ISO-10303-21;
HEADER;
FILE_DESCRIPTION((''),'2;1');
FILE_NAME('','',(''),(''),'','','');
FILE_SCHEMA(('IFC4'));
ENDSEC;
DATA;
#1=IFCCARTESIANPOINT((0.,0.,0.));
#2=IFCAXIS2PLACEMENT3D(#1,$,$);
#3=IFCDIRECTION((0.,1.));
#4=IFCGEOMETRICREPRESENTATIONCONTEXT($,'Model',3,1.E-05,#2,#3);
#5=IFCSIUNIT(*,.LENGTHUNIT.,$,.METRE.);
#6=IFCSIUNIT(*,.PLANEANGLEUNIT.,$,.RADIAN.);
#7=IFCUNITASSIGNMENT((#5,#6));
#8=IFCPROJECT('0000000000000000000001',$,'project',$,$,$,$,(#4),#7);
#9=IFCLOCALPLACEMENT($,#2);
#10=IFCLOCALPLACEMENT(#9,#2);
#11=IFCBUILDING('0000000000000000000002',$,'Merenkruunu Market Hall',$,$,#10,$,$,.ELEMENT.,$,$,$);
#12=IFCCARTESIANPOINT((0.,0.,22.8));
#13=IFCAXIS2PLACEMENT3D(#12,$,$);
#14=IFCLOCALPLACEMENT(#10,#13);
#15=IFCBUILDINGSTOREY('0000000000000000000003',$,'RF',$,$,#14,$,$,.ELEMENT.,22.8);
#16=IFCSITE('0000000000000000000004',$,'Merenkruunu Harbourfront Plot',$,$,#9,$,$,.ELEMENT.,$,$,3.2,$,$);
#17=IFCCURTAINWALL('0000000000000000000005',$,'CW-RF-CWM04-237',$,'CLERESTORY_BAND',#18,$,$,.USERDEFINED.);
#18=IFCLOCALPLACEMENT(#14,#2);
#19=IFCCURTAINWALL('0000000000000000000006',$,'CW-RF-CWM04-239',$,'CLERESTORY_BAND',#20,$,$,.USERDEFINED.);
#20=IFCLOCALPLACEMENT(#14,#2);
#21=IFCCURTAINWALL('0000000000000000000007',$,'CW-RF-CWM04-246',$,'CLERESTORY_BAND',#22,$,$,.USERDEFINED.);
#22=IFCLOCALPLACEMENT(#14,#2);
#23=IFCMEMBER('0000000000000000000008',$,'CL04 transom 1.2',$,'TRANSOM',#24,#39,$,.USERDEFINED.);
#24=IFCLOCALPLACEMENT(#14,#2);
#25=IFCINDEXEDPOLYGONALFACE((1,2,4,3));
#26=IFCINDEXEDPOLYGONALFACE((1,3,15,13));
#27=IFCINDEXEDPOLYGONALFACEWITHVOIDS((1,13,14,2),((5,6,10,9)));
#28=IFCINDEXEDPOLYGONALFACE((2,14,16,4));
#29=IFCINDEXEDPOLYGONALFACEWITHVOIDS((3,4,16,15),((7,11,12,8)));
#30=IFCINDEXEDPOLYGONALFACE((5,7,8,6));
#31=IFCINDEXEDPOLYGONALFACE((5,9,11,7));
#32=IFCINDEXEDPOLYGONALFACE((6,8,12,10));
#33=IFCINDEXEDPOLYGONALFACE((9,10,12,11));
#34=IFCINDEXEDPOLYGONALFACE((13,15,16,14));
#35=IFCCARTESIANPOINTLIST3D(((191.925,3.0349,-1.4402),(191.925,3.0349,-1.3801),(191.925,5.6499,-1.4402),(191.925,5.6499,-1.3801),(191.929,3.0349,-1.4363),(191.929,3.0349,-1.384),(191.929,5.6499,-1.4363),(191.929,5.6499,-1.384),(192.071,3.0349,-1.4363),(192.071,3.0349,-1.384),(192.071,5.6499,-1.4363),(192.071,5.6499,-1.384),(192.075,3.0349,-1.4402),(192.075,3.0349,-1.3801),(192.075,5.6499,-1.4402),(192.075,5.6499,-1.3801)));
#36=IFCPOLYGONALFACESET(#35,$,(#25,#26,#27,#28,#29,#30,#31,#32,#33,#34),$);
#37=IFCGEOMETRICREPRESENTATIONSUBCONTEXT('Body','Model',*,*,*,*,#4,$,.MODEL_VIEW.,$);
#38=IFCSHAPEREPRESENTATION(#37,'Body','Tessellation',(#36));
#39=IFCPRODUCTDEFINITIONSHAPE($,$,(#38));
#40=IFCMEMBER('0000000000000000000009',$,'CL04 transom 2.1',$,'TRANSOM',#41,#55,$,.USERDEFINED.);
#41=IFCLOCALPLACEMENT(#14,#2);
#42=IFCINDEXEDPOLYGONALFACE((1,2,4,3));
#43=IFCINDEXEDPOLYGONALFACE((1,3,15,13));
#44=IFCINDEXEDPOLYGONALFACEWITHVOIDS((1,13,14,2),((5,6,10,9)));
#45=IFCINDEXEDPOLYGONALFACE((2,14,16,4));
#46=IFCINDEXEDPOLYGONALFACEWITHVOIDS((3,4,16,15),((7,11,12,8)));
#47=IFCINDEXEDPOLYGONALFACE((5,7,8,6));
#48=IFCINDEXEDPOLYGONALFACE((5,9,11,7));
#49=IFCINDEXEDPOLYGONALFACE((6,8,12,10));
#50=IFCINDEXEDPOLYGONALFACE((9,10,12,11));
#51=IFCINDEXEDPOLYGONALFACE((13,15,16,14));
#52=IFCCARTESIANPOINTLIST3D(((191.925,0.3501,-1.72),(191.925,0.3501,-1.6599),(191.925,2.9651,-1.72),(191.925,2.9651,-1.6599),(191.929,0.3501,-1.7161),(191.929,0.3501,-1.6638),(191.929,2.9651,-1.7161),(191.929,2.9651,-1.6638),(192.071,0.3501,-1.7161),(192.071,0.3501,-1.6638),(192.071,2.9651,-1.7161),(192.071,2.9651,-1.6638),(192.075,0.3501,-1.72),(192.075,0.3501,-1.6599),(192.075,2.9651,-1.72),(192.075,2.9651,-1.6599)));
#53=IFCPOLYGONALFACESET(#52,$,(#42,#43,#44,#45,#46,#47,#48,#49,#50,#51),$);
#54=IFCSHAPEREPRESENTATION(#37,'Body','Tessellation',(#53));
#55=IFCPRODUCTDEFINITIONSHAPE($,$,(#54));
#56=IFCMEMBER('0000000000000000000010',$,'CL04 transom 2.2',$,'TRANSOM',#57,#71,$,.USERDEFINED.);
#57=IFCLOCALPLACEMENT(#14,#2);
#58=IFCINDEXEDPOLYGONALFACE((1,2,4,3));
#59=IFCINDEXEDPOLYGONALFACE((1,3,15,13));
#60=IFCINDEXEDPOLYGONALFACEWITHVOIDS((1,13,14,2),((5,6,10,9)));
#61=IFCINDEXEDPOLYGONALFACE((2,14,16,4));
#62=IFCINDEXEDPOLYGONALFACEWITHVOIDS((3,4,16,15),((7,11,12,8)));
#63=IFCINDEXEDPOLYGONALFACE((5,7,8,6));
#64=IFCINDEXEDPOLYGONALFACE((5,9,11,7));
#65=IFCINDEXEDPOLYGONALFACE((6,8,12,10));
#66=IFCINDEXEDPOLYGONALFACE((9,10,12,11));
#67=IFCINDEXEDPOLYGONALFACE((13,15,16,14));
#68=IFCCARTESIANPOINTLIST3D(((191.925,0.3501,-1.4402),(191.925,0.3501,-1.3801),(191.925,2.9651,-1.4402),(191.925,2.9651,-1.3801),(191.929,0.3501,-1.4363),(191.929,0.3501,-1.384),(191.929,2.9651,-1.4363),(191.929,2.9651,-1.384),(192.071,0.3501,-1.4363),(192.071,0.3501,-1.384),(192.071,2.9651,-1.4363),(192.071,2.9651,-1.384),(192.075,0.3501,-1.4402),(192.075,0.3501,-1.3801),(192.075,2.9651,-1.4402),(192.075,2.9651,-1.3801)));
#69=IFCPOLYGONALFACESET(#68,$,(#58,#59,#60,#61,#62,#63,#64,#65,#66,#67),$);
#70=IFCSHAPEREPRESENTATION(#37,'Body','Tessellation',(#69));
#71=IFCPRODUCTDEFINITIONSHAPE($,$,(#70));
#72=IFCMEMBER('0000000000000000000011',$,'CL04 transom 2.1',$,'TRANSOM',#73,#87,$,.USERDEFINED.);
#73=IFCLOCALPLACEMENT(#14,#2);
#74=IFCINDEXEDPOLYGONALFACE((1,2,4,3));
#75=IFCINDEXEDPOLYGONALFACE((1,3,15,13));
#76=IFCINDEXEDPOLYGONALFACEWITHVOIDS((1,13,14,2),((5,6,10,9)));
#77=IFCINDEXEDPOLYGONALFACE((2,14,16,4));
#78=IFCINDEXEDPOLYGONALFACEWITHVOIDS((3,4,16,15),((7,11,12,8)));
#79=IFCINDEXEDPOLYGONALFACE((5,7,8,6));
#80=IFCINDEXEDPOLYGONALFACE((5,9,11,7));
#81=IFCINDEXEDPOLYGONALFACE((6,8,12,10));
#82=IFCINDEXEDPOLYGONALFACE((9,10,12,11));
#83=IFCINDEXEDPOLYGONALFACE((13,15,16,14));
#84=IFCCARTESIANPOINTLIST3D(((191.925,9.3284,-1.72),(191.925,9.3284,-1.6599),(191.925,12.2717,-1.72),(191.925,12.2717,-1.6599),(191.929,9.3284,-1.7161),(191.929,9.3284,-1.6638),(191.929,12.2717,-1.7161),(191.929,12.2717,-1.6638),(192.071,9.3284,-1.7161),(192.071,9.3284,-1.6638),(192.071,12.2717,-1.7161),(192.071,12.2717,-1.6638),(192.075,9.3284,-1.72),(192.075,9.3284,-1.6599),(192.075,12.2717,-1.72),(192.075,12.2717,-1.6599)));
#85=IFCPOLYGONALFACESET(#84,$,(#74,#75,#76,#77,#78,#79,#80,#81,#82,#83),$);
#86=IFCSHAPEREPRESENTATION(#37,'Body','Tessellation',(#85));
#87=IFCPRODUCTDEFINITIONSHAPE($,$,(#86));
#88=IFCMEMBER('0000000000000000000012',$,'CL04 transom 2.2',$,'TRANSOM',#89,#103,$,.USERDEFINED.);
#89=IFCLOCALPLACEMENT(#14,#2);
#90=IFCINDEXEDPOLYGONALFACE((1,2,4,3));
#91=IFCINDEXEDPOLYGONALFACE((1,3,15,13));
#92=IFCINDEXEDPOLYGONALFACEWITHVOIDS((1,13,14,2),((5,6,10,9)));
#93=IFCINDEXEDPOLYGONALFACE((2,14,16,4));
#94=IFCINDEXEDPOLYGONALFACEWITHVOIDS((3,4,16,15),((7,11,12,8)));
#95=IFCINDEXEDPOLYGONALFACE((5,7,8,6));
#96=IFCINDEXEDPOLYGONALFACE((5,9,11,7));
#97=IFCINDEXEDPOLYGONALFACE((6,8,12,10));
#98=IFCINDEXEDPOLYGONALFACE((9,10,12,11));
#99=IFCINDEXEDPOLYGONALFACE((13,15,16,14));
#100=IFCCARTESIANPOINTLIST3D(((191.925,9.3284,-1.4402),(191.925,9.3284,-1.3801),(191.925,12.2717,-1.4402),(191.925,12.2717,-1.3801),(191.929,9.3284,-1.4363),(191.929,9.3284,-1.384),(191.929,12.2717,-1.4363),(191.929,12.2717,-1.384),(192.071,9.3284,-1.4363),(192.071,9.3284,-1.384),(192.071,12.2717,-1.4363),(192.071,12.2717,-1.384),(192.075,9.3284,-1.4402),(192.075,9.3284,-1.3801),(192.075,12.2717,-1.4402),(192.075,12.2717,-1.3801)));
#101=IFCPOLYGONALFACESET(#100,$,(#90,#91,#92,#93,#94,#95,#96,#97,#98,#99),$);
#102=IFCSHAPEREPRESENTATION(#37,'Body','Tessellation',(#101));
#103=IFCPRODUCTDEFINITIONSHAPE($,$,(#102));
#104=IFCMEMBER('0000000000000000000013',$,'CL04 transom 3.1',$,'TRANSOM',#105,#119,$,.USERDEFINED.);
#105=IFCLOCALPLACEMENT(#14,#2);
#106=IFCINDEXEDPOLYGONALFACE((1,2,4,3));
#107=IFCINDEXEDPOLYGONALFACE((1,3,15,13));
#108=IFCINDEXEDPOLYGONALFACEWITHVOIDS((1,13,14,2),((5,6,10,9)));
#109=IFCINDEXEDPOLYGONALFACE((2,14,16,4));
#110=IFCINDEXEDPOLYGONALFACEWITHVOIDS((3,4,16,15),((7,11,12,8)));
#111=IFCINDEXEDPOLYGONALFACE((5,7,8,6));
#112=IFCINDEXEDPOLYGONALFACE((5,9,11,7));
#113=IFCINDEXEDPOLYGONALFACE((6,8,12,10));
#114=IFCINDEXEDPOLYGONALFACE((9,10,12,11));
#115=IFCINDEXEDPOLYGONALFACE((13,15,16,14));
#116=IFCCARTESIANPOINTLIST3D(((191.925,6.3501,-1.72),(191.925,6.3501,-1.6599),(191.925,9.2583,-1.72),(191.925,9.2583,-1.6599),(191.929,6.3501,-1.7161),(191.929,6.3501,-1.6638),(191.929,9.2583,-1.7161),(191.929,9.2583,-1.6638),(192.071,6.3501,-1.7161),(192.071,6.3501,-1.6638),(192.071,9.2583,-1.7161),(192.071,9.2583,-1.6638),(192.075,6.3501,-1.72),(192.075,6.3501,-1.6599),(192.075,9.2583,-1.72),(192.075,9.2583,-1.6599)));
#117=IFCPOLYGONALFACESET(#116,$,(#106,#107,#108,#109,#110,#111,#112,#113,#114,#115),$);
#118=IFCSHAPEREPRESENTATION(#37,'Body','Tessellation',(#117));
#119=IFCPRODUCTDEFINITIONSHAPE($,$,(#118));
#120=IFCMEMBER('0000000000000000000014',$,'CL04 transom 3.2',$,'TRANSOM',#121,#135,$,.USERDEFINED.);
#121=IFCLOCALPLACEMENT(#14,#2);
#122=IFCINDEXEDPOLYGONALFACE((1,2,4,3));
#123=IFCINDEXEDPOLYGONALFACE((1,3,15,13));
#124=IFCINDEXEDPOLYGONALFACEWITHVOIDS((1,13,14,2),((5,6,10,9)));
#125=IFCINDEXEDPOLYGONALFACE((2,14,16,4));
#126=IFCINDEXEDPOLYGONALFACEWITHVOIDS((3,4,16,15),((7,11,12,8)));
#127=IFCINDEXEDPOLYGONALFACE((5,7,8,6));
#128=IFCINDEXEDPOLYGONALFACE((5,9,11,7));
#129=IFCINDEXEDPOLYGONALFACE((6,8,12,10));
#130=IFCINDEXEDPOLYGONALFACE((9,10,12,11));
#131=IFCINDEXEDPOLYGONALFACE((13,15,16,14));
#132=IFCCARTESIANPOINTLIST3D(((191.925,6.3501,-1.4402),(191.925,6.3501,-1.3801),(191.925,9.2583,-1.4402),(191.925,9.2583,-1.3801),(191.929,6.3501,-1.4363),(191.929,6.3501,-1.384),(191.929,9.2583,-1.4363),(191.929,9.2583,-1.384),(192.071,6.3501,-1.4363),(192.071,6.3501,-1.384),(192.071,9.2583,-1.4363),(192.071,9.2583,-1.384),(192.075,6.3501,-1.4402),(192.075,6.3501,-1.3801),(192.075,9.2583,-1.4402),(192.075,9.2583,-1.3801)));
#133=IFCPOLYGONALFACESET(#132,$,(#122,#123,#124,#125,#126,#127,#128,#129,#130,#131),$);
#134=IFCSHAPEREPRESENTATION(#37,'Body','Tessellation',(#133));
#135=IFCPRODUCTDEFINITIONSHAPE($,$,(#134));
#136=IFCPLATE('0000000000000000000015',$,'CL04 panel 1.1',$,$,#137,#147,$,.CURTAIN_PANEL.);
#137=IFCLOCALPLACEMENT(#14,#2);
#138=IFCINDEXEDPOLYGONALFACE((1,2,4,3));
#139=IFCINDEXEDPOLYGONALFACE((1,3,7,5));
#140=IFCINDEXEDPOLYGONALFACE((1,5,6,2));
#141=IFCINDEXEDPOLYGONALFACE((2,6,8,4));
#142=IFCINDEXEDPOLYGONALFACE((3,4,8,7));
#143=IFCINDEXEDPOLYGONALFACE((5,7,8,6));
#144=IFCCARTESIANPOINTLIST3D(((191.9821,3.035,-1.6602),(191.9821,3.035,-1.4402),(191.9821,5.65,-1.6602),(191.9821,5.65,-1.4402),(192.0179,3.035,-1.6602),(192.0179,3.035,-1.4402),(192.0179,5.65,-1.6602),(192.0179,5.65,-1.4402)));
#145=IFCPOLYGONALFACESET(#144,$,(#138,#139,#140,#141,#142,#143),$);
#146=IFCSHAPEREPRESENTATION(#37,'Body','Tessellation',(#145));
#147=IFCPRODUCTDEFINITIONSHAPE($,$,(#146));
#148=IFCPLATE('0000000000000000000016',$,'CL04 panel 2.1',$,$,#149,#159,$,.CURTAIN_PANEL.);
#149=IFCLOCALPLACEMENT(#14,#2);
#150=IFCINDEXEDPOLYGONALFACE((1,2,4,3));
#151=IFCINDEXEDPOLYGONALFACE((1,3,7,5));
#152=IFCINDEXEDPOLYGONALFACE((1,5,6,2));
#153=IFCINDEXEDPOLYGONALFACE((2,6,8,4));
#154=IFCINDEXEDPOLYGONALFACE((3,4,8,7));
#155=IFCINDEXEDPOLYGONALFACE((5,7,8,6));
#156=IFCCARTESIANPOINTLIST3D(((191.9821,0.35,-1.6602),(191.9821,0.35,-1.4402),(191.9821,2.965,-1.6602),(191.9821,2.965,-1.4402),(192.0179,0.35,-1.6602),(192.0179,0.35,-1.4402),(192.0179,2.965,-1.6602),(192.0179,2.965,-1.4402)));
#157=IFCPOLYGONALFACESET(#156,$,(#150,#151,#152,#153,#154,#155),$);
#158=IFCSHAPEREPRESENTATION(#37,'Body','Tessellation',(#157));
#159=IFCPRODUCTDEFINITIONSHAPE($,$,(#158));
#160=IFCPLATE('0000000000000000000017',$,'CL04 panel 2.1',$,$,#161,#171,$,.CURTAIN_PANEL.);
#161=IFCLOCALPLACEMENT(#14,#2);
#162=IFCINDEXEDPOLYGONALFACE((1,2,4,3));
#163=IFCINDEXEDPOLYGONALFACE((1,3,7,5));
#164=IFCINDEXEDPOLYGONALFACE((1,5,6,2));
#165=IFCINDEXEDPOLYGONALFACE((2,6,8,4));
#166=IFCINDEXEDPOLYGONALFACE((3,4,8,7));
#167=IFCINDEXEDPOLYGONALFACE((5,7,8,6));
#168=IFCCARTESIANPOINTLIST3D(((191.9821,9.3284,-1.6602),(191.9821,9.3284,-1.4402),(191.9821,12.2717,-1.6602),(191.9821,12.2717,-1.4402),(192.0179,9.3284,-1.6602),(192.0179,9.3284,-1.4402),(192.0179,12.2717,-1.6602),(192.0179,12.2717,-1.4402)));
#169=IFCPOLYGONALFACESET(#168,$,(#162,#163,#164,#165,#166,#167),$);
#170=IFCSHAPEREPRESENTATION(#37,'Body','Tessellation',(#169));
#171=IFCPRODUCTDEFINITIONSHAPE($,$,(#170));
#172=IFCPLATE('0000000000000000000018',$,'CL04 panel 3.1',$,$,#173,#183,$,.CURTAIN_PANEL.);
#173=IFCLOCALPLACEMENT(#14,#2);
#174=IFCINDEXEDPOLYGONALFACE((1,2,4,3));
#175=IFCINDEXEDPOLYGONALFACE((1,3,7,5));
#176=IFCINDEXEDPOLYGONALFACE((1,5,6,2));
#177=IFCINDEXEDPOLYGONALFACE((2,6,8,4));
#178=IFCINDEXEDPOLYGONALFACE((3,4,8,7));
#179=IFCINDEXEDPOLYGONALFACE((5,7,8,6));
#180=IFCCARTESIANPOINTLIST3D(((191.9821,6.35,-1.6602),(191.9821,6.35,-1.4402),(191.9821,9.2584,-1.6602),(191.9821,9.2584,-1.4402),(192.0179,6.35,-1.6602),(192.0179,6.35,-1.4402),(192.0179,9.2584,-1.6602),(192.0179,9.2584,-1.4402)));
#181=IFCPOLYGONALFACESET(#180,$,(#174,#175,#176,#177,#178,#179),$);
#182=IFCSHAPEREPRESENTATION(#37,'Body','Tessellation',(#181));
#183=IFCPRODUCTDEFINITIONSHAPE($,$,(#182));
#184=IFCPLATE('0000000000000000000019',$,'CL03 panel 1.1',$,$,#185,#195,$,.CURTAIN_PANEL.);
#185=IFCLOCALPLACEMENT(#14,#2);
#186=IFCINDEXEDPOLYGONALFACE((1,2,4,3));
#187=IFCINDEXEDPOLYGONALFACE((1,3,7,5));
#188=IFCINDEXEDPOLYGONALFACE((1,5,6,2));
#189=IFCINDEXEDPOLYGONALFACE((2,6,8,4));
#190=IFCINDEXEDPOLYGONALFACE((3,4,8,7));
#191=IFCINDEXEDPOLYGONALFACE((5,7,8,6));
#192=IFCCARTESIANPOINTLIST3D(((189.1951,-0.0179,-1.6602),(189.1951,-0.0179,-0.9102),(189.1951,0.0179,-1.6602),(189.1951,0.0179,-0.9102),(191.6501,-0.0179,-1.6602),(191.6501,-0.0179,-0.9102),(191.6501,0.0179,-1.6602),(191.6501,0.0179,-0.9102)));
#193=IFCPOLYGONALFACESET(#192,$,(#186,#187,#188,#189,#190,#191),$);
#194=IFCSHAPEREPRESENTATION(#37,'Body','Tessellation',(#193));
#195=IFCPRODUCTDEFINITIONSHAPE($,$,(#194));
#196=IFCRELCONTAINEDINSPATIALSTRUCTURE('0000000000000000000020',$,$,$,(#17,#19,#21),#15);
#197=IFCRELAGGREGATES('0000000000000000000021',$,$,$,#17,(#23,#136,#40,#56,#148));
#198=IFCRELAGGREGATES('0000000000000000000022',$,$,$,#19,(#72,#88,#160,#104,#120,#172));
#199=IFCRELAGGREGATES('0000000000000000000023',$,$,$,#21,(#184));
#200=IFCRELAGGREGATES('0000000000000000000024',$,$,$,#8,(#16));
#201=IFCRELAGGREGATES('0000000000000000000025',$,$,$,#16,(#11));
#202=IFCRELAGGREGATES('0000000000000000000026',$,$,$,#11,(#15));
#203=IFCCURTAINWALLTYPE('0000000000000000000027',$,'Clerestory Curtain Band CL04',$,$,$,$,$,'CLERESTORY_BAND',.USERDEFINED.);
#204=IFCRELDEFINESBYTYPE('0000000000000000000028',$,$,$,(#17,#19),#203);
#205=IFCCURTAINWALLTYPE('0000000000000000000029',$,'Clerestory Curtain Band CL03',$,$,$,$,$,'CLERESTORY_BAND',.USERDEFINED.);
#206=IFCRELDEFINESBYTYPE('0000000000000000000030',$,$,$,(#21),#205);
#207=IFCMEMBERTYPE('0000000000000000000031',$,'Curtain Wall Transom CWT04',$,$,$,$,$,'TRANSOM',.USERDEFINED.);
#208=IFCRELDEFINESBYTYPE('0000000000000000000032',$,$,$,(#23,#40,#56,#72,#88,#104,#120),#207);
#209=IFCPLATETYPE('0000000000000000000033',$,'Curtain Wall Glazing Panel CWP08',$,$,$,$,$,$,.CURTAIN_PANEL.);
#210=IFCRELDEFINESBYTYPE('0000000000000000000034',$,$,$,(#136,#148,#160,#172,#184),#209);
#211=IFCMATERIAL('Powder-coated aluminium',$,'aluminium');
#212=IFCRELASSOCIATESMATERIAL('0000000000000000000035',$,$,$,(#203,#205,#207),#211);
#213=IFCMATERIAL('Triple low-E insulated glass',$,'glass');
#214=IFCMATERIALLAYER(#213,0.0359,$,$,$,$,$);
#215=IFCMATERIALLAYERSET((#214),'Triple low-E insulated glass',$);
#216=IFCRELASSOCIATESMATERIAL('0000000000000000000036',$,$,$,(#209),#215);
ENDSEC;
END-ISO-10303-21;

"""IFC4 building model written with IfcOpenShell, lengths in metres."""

from ifc_helpers import new_model, si_unit, direction, frame, origin, origin_2d, place, context, subcontext, project, spatial, rectangle, hollow_rectangle, extrude, material, layer, layer_set, material_profile, profile_set, type_object, element, aggregate, save


model = new_model("IFC4")

# Units and contexts
model_context = context("Model", 3, precision=1e-05, world=origin(), true_north=direction((0.0, 1.0)))
body_context = subcontext(model_context, "Body", "Model", "MODEL_VIEW")
ifc_project = project(units=[si_unit("LENGTHUNIT", "METRE"), si_unit("PLANEANGLEUNIT", "RADIAN")], contexts=[model_context])

# Site, building, storey
site_placement = place(None, origin())
site = spatial("IfcSite", under=ifc_project, at=site_placement, Name="Merenkruunu Harbourfront Plot", CompositionType="ELEMENT", RefElevation=3.2)
building_placement = place(site_placement, origin())
building = spatial("IfcBuilding", under=site, at=building_placement, Name="Merenkruunu Market Hall", CompositionType="ELEMENT")
storey_placement = place(building_placement, frame((0.0, 0.0, 22.8)))
storey = spatial("IfcBuildingStorey", under=building, at=storey_placement, Name="RF", CompositionType="ELEMENT", Elevation=22.8)

# Curtain walls
ifc_material_1 = material(Name="Powder-coated aluminium", Category="aluminium")
curtain_wall_type_1 = type_object("IfcCurtainWallType", Name="Clerestory Curtain Band CL04", ElementType="CLERESTORY_BAND", PredefinedType="USERDEFINED", material=ifc_material_1)
curtain_wall_1_placement = place(storey_placement, origin())
curtain_wall_1 = element("IfcCurtainWall", 1, at=curtain_wall_1_placement, inside=storey, type_object=curtain_wall_type_1, Name="CW-RF-CWM04-237", ObjectType="CLERESTORY_BAND", PredefinedType="USERDEFINED")
curtain_wall_2_placement = place(storey_placement, origin())
curtain_wall_2 = element("IfcCurtainWall", 2, at=curtain_wall_2_placement, inside=storey, type_object=curtain_wall_type_1, Name="CW-RF-CWM04-239", ObjectType="CLERESTORY_BAND", PredefinedType="USERDEFINED")
curtain_wall_type_2 = type_object("IfcCurtainWallType", Name="Clerestory Curtain Band CL03", ElementType="CLERESTORY_BAND", PredefinedType="USERDEFINED", material=ifc_material_1)
curtain_wall_3_placement = place(storey_placement, origin())
curtain_wall_3 = element("IfcCurtainWall", 3, at=curtain_wall_3_placement, inside=storey, type_object=curtain_wall_type_2, Name="CW-RF-CWM04-246", ObjectType="CLERESTORY_BAND", PredefinedType="USERDEFINED")

# Members
ifc_material_profile_1 = material_profile(ifc_material_1, hollow_rectangle(XDim=0.0601, YDim=0.1499, WallThickness=0.0039, at=origin_2d()), Name="ALU 60x150x4")
ifc_profile_set_1 = profile_set([ifc_material_profile_1], Name="Powder-coated aluminium")
member_type_1 = type_object("IfcMemberType", Name="Curtain Wall Transom CWT04", ElementType="TRANSOM", PredefinedType="USERDEFINED", material=ifc_profile_set_1)
member_1_placement = place(storey_placement, frame((192.0, 5.6499, -1.4102), z_axis=(0.0, -1.0, 0.0), x_axis=(0.0, 0.0, 1.0)))
member_1 = element("IfcMember", 4, at=member_1_placement, type_object=member_type_1, Name="CL04 transom 1.2", ObjectType="TRANSOM", PredefinedType="USERDEFINED", context=body_context, shape_type="SweptSolid", body=[
    extrude(hollow_rectangle(XDim=0.0601, YDim=0.1499, WallThickness=0.0039, at=origin_2d()), origin(), (0.0, 0.0, 1.0), 2.615),
])
member_2_placement = place(storey_placement, frame((192.0, 2.9651, -1.6899), z_axis=(0.0, -1.0, 0.0), x_axis=(0.0, 0.0, 1.0)))
member_2 = element("IfcMember", 5, at=member_2_placement, type_object=member_type_1, Name="CL04 transom 2.1", ObjectType="TRANSOM", PredefinedType="USERDEFINED", context=body_context, shape_type="SweptSolid", body=[
    extrude(hollow_rectangle(XDim=0.0601, YDim=0.1499, WallThickness=0.0039, at=origin_2d()), origin(), (0.0, 0.0, 1.0), 2.615),
])
member_3_placement = place(storey_placement, frame((192.0, 2.9651, -1.4102), z_axis=(0.0, -1.0, 0.0), x_axis=(0.0, 0.0, 1.0)))
member_3 = element("IfcMember", 6, at=member_3_placement, type_object=member_type_1, Name="CL04 transom 2.2", ObjectType="TRANSOM", PredefinedType="USERDEFINED", context=body_context, shape_type="SweptSolid", body=[
    extrude(hollow_rectangle(XDim=0.0601, YDim=0.1499, WallThickness=0.0039, at=origin_2d()), origin(), (0.0, 0.0, 1.0), 2.615),
])
member_4_placement = place(storey_placement, frame((192.0, 12.2717, -1.6899), z_axis=(0.0, -1.0, 0.0), x_axis=(0.0, 0.0, 1.0)))
member_4 = element("IfcMember", 7, at=member_4_placement, type_object=member_type_1, Name="CL04 transom 2.1", ObjectType="TRANSOM", PredefinedType="USERDEFINED", context=body_context, shape_type="SweptSolid", body=[
    extrude(hollow_rectangle(XDim=0.0601, YDim=0.1499, WallThickness=0.0039, at=origin_2d()), origin(), (0.0, 0.0, 1.0), 2.9434),
])
member_5_placement = place(storey_placement, frame((192.0, 12.2717, -1.4102), z_axis=(0.0, -1.0, 0.0), x_axis=(0.0, 0.0, 1.0)))
member_5 = element("IfcMember", 8, at=member_5_placement, type_object=member_type_1, Name="CL04 transom 2.2", ObjectType="TRANSOM", PredefinedType="USERDEFINED", context=body_context, shape_type="SweptSolid", body=[
    extrude(hollow_rectangle(XDim=0.0601, YDim=0.1499, WallThickness=0.0039, at=origin_2d()), origin(), (0.0, 0.0, 1.0), 2.9434),
])
member_6_placement = place(storey_placement, frame((192.0, 9.2583, -1.6899), z_axis=(0.0, -1.0, 0.0), x_axis=(0.0, 0.0, 1.0)))
member_6 = element("IfcMember", 9, at=member_6_placement, type_object=member_type_1, Name="CL04 transom 3.1", ObjectType="TRANSOM", PredefinedType="USERDEFINED", context=body_context, shape_type="SweptSolid", body=[
    extrude(hollow_rectangle(XDim=0.0601, YDim=0.1499, WallThickness=0.0039, at=origin_2d()), origin(), (0.0, 0.0, 1.0), 2.9082),
])
member_7_placement = place(storey_placement, frame((192.0, 9.2583, -1.4102), z_axis=(0.0, -1.0, 0.0), x_axis=(0.0, 0.0, 1.0)))
member_7 = element("IfcMember", 10, at=member_7_placement, type_object=member_type_1, Name="CL04 transom 3.2", ObjectType="TRANSOM", PredefinedType="USERDEFINED", context=body_context, shape_type="SweptSolid", body=[
    extrude(hollow_rectangle(XDim=0.0601, YDim=0.1499, WallThickness=0.0039, at=origin_2d()), origin(), (0.0, 0.0, 1.0), 2.9082),
])

# Plates
ifc_material_2 = material(Name="Triple low-E insulated glass", Category="glass")
ifc_layer_1 = layer(ifc_material_2, 0.0359)
ifc_layer_set_1 = layer_set([ifc_layer_1], Name="Triple low-E insulated glass")
plate_type = type_object("IfcPlateType", Name="Curtain Wall Glazing Panel CWP08", PredefinedType="CURTAIN_PANEL", material=ifc_layer_set_1)
plate_1_placement = place(storey_placement, frame((192.0, 4.3425, -1.6602), z_axis=(0.0, 0.0, 1.0), x_axis=(0.0, -1.0, 0.0)))
plate_1 = element("IfcPlate", 11, at=plate_1_placement, type_object=plate_type, Name="CL04 panel 1.1", PredefinedType="CURTAIN_PANEL", context=body_context, shape_type="SweptSolid", body=[
    extrude(rectangle(XDim=2.615, YDim=0.0359, at=origin_2d()), origin(), (0.0, 0.0, 1.0), 0.22),
])
plate_2_placement = place(storey_placement, frame((192.0, 1.6575, -1.6602), z_axis=(0.0, 0.0, 1.0), x_axis=(0.0, -1.0, 0.0)))
plate_2 = element("IfcPlate", 12, at=plate_2_placement, type_object=plate_type, Name="CL04 panel 2.1", PredefinedType="CURTAIN_PANEL", context=body_context, shape_type="SweptSolid", body=[
    extrude(rectangle(XDim=2.615, YDim=0.0359, at=origin_2d()), origin(), (0.0, 0.0, 1.0), 0.22),
])
aggregate(curtain_wall_1, [member_1, plate_1, member_2, member_3, plate_2])
plate_3_placement = place(storey_placement, frame((192.0, 10.8, -1.6602), z_axis=(0.0, 0.0, 1.0), x_axis=(0.0, -1.0, 0.0)))
plate_3 = element("IfcPlate", 13, at=plate_3_placement, type_object=plate_type, Name="CL04 panel 2.1", PredefinedType="CURTAIN_PANEL", context=body_context, shape_type="SweptSolid", body=[
    extrude(rectangle(XDim=2.9434, YDim=0.0359, at=origin_2d()), origin(), (0.0, 0.0, 1.0), 0.22),
])
plate_4_placement = place(storey_placement, frame((192.0, 7.8042, -1.6602), z_axis=(0.0, 0.0, 1.0), x_axis=(0.0, -1.0, 0.0)))
plate_4 = element("IfcPlate", 14, at=plate_4_placement, type_object=plate_type, Name="CL04 panel 3.1", PredefinedType="CURTAIN_PANEL", context=body_context, shape_type="SweptSolid", body=[
    extrude(rectangle(XDim=2.9084, YDim=0.0359, at=origin_2d()), origin(), (0.0, 0.0, 1.0), 0.22),
])
aggregate(curtain_wall_2, [member_4, member_5, plate_3, member_6, member_7, plate_4])
plate_5_placement = place(storey_placement, frame((190.4226, 0.0, -1.6602), z_axis=(0.0, 0.0, 1.0), x_axis=(-1.0, 0.0, 0.0)))
plate_5 = element("IfcPlate", 15, at=plate_5_placement, type_object=plate_type, Name="CL03 panel 1.1", PredefinedType="CURTAIN_PANEL", context=body_context, shape_type="SweptSolid", body=[
    extrude(rectangle(XDim=2.4551, YDim=0.0359, at=origin_2d()), origin(), (0.0, 0.0, 1.0), 0.75),
])
aggregate(curtain_wall_3, [plate_5])

save(model, "model.ifc")
